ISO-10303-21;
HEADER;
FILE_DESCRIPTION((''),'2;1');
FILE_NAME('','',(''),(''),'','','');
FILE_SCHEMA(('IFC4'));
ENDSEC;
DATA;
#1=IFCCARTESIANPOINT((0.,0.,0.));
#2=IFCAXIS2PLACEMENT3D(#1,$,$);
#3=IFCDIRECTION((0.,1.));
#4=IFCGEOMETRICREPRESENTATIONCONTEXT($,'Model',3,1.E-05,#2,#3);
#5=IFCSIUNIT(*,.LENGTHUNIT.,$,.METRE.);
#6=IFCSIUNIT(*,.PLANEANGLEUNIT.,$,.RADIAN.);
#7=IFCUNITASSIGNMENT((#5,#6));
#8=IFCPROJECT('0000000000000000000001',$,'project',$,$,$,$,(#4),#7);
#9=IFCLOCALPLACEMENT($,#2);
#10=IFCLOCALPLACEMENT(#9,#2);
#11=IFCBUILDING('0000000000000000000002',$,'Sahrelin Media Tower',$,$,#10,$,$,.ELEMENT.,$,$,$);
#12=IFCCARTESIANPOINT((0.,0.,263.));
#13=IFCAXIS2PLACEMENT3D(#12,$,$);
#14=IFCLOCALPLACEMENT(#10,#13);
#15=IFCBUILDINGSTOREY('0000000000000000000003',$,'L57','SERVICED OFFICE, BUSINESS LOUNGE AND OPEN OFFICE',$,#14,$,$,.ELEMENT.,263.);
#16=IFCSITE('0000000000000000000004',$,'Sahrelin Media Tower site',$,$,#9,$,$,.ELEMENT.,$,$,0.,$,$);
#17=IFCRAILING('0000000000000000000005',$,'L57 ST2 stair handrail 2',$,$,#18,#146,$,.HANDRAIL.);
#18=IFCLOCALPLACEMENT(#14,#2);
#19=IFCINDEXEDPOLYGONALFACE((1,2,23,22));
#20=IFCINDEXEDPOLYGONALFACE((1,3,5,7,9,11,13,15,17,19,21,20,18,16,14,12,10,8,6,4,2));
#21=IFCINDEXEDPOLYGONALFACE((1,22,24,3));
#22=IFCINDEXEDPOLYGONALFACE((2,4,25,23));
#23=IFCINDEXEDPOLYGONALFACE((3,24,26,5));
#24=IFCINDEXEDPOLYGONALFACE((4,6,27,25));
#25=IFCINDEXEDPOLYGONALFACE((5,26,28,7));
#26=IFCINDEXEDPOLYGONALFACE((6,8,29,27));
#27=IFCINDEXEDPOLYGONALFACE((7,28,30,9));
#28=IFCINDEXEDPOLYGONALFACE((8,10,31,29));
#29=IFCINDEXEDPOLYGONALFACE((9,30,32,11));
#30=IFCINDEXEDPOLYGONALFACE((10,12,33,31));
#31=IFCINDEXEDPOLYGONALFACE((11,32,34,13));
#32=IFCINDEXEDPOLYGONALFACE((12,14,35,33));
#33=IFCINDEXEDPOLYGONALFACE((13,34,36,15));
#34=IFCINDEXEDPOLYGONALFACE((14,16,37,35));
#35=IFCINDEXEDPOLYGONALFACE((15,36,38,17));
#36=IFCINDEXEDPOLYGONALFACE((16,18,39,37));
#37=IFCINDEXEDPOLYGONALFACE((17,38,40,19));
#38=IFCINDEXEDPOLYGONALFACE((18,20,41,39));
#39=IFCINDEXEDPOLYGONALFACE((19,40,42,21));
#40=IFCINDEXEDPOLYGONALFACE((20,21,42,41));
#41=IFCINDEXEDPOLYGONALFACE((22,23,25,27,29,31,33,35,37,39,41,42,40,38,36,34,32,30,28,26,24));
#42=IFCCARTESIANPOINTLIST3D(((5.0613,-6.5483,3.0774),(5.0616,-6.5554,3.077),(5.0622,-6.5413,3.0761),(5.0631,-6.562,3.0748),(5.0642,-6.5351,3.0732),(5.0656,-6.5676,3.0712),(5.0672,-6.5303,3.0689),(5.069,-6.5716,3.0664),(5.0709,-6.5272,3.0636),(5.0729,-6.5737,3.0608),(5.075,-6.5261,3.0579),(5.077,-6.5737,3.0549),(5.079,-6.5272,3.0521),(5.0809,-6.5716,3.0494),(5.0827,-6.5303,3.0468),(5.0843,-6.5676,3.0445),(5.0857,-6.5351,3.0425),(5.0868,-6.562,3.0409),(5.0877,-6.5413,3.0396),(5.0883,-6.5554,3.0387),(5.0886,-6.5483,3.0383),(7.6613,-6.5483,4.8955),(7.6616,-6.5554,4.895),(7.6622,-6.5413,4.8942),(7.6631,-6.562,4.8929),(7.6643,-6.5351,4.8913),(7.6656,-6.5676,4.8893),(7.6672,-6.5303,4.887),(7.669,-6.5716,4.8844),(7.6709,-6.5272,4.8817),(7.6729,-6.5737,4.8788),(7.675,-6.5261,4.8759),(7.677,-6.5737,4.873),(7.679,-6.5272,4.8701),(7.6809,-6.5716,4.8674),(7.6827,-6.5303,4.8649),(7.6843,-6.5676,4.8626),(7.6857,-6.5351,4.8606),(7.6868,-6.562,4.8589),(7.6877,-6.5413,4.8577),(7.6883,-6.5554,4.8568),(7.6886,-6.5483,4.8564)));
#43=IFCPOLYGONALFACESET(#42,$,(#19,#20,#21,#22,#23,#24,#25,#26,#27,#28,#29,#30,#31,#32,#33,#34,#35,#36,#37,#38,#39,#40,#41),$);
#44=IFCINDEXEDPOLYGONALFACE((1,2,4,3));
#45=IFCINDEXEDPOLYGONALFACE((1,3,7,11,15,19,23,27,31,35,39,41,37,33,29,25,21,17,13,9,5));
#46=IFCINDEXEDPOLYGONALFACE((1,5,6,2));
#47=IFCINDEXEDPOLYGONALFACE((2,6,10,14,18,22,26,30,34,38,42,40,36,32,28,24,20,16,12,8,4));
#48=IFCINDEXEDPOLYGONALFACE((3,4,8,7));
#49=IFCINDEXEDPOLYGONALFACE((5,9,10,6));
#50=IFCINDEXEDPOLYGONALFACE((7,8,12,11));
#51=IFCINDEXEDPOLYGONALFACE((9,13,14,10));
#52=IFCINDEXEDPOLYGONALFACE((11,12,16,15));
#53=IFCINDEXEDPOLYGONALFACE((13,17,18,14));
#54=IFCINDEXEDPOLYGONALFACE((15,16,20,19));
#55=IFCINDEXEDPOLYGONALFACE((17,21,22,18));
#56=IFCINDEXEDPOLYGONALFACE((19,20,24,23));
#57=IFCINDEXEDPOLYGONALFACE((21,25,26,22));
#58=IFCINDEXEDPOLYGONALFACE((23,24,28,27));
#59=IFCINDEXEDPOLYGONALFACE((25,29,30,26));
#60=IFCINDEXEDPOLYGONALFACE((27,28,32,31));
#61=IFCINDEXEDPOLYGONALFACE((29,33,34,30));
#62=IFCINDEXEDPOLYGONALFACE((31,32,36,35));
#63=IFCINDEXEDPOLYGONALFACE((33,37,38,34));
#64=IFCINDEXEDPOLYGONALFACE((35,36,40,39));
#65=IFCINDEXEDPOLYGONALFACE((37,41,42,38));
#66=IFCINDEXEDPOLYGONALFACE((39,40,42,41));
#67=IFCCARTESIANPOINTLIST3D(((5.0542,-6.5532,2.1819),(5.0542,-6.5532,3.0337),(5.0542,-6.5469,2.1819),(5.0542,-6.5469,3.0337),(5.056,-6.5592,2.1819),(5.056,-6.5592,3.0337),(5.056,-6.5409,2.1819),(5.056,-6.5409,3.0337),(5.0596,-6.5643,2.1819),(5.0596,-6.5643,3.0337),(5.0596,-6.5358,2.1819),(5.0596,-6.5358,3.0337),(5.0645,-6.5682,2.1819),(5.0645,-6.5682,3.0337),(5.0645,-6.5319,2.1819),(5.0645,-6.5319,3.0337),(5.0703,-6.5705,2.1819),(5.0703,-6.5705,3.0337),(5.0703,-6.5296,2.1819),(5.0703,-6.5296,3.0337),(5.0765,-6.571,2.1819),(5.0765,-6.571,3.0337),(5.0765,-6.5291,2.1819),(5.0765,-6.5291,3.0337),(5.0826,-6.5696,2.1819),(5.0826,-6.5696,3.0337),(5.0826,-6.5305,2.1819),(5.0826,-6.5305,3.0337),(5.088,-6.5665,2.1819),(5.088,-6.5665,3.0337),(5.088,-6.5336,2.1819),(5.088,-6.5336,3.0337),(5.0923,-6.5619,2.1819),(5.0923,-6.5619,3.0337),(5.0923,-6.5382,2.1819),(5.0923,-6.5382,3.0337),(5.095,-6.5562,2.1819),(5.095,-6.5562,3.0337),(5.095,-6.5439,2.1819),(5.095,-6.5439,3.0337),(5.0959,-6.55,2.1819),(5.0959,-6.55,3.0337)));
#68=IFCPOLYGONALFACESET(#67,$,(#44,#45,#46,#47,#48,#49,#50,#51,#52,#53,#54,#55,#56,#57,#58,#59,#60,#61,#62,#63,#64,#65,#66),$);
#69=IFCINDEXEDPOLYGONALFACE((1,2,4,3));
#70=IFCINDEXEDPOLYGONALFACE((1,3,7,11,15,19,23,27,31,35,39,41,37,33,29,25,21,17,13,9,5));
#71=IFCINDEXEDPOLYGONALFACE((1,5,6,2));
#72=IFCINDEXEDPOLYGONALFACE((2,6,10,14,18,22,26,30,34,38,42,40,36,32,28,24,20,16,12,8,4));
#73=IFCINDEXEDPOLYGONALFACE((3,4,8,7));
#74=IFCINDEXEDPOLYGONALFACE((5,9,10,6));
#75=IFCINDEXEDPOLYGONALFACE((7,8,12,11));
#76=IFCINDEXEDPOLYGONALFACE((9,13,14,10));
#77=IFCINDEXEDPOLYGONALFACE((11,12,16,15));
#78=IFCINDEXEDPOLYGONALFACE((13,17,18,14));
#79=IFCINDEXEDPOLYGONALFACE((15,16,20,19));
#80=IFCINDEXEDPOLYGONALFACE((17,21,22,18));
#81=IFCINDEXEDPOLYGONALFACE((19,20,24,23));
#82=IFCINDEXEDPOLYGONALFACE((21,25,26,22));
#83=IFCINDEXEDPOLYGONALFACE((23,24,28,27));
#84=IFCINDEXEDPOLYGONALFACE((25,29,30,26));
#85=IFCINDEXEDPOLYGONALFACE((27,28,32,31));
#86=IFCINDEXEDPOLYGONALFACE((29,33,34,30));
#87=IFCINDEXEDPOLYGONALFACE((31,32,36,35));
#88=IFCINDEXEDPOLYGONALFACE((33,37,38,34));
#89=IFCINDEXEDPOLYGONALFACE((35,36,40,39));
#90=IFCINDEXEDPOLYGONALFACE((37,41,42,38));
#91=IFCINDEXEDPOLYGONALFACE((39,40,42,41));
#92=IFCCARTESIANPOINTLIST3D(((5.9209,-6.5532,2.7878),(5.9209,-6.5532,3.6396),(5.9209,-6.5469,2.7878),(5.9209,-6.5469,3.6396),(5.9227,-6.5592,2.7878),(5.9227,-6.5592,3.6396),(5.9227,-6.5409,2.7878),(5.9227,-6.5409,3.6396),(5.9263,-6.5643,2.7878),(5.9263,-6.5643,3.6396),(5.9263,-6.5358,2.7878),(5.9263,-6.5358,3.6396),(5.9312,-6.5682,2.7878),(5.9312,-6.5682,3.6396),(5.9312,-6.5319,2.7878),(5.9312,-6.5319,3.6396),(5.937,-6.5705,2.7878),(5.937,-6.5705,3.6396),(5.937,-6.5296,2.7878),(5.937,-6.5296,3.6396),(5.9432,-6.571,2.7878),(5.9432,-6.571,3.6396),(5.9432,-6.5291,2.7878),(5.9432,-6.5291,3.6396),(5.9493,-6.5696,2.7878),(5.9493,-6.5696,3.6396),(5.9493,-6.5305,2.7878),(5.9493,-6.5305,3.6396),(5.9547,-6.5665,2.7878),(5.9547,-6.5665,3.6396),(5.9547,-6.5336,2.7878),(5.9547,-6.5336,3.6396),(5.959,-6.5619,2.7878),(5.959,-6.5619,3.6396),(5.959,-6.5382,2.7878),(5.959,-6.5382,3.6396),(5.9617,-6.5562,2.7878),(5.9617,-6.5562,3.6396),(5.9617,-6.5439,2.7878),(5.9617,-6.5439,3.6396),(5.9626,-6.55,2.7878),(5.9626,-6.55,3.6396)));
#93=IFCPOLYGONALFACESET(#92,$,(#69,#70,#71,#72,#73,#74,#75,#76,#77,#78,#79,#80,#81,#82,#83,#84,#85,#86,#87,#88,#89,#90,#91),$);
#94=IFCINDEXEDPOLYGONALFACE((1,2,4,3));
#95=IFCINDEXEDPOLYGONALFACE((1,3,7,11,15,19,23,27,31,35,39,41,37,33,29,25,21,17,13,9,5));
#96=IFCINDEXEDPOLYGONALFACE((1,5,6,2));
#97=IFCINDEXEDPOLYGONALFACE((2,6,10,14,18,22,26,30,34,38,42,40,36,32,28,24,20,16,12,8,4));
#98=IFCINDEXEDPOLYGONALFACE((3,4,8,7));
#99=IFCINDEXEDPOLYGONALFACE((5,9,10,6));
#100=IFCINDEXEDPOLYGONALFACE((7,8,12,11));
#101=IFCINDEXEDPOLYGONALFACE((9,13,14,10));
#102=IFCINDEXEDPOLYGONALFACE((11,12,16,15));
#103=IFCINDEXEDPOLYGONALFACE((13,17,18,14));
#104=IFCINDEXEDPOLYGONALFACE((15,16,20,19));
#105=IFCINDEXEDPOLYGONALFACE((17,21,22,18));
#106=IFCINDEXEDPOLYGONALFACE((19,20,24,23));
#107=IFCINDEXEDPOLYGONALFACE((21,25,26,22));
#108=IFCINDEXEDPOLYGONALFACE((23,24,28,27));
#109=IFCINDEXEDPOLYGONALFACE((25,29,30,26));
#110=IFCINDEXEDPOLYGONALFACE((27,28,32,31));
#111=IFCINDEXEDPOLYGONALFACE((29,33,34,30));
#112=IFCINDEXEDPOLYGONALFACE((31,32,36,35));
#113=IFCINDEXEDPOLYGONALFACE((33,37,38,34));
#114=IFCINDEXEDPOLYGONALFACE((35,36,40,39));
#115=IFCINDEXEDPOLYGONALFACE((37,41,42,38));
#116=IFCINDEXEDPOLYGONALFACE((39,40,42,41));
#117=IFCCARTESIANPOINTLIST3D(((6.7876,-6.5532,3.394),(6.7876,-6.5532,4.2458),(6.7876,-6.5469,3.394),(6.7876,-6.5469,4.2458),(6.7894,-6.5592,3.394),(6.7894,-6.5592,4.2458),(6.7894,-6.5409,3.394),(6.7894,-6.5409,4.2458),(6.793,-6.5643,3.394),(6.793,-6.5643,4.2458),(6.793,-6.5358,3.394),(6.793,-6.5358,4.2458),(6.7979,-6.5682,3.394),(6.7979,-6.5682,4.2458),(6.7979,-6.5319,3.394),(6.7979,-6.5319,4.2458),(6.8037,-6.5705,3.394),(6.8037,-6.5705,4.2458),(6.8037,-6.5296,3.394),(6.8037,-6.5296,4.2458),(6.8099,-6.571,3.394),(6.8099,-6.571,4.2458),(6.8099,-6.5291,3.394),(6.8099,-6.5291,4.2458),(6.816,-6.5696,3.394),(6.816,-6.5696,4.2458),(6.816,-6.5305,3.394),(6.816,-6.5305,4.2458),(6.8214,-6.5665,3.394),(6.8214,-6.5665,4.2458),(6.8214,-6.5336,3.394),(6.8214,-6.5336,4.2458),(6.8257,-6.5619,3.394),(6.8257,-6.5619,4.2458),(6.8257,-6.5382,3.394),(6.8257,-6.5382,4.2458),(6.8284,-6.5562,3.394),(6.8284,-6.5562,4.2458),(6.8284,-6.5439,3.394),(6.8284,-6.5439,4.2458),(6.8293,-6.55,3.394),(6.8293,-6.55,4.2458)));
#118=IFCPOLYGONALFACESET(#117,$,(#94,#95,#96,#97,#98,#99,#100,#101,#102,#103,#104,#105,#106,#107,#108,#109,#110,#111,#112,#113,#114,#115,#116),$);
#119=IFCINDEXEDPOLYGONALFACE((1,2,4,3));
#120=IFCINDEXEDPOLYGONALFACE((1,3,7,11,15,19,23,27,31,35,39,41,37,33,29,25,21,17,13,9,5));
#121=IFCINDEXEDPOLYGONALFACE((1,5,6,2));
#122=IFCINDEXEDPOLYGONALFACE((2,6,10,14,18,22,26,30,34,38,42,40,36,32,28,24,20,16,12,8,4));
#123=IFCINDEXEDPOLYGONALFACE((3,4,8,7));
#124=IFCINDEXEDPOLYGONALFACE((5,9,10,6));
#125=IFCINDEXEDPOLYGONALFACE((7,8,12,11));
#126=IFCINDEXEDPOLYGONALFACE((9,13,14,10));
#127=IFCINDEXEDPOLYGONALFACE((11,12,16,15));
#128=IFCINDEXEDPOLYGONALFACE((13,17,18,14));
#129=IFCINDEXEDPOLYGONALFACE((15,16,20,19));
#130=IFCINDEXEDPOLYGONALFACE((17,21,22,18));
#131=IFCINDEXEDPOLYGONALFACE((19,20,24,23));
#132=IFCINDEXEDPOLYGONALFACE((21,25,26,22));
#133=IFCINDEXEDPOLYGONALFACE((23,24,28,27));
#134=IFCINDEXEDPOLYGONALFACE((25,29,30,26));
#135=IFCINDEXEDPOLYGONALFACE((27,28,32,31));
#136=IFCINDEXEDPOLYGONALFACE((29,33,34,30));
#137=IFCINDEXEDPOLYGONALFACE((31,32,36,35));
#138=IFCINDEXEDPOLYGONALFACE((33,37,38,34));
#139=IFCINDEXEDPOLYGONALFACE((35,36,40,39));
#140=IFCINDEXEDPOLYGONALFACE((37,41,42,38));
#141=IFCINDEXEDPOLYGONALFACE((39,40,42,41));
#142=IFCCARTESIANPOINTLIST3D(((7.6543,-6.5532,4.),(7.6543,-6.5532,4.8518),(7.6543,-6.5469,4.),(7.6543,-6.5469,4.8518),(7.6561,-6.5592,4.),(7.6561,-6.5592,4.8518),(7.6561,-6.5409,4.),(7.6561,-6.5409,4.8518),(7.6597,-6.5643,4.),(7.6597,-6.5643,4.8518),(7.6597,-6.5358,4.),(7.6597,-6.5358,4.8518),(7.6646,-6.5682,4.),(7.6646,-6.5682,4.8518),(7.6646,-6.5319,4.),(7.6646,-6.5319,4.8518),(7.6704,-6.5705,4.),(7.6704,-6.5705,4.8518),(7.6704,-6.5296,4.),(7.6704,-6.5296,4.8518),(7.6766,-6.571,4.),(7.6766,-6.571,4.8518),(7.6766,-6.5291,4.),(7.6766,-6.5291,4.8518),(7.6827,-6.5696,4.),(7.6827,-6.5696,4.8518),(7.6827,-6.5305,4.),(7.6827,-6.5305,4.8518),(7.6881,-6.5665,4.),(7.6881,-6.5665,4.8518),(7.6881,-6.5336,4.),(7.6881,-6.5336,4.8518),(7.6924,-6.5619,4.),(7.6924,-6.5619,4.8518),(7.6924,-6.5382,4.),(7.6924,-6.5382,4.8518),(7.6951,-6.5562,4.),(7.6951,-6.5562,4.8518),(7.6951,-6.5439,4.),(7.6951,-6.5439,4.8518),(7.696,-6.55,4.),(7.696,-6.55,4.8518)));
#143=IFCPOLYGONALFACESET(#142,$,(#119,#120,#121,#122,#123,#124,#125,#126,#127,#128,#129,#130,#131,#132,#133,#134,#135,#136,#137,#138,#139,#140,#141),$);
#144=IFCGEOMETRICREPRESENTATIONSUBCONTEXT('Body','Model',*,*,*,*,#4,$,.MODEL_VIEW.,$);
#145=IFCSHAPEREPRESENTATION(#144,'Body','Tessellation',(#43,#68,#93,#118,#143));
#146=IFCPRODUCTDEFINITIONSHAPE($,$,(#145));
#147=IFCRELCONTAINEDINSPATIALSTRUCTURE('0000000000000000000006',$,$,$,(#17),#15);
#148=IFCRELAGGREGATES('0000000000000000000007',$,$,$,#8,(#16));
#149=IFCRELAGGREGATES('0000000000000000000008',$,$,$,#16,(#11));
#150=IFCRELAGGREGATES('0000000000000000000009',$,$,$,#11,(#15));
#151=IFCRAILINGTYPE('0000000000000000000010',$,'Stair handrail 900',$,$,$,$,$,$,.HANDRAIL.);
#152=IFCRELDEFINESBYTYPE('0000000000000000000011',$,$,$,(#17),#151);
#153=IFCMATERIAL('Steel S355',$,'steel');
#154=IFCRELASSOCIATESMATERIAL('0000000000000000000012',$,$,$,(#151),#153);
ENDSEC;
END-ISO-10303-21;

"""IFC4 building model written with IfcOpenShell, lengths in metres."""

from ifc_helpers import new_model, si_unit, direction, frame, origin, origin_2d, place, context, subcontext, project, spatial, circle, extrude, material, type_object, element, save


model = new_model("IFC4")

# Units and contexts
model_context = context("Model", 3, precision=1e-05, world=origin(), true_north=direction((0.0, 1.0)))
body_context = subcontext(model_context, "Body", "Model", "MODEL_VIEW")
ifc_project = project(units=[si_unit("LENGTHUNIT", "METRE"), si_unit("PLANEANGLEUNIT", "RADIAN")], contexts=[model_context])

# Site, building, storey
site_placement = place(None, origin())
site = spatial("IfcSite", under=ifc_project, at=site_placement, Name="Sahrelin Media Tower site", CompositionType="ELEMENT", RefElevation=0.0)
building_placement = place(site_placement, origin())
building = spatial("IfcBuilding", under=site, at=building_placement, Name="Sahrelin Media Tower", CompositionType="ELEMENT")
storey_placement = place(building_placement, frame((0.0, 0.0, 263.0)))
storey = spatial("IfcBuildingStorey", under=building, at=storey_placement, Name="L57", Description="SERVICED OFFICE, BUSINESS LOUNGE AND OPEN OFFICE", CompositionType="ELEMENT", Elevation=263.0)

# Railing
ifc_material_1 = material(Name="Steel S355", Category="steel")
railing_type_1 = type_object("IfcRailingType", Name="Stair handrail 900", PredefinedType="HANDRAIL", material=ifc_material_1)
railing_1_placement = place(storey_placement, frame((5.075, -6.55, 2.1819)))
element("IfcRailing", 1, at=railing_1_placement, inside=storey, type_object=railing_type_1, Name="L57 ST2 stair handrail 2", PredefinedType="HANDRAIL", context=body_context, shape_type="SweptSolid", body=[
    extrude(circle(Radius=0.0239, at=origin_2d()), frame((0.0, 0.0, 0.876), z_axis=(0.819521, 0.0, 0.573049), x_axis=(0.0, 1.0, 0.0)), (0.0, 0.0, 1.0), 3.1726),
    extrude(circle(Radius=0.021, at=origin_2d()), origin(), (0.0, 0.0, 1.0), 0.8518),
    extrude(circle(Radius=0.021, at=origin_2d()), frame((0.8667, 0.0, 0.606)), (0.0, 0.0, 1.0), 0.8518),
    extrude(circle(Radius=0.021, at=origin_2d()), frame((1.7334, 0.0, 1.2122)), (0.0, 0.0, 1.0), 0.8518),
    extrude(circle(Radius=0.021, at=origin_2d()), frame((2.6001, 0.0, 1.8181)), (0.0, 0.0, 1.0), 0.8518),
])

save(model, "model.ifc")
